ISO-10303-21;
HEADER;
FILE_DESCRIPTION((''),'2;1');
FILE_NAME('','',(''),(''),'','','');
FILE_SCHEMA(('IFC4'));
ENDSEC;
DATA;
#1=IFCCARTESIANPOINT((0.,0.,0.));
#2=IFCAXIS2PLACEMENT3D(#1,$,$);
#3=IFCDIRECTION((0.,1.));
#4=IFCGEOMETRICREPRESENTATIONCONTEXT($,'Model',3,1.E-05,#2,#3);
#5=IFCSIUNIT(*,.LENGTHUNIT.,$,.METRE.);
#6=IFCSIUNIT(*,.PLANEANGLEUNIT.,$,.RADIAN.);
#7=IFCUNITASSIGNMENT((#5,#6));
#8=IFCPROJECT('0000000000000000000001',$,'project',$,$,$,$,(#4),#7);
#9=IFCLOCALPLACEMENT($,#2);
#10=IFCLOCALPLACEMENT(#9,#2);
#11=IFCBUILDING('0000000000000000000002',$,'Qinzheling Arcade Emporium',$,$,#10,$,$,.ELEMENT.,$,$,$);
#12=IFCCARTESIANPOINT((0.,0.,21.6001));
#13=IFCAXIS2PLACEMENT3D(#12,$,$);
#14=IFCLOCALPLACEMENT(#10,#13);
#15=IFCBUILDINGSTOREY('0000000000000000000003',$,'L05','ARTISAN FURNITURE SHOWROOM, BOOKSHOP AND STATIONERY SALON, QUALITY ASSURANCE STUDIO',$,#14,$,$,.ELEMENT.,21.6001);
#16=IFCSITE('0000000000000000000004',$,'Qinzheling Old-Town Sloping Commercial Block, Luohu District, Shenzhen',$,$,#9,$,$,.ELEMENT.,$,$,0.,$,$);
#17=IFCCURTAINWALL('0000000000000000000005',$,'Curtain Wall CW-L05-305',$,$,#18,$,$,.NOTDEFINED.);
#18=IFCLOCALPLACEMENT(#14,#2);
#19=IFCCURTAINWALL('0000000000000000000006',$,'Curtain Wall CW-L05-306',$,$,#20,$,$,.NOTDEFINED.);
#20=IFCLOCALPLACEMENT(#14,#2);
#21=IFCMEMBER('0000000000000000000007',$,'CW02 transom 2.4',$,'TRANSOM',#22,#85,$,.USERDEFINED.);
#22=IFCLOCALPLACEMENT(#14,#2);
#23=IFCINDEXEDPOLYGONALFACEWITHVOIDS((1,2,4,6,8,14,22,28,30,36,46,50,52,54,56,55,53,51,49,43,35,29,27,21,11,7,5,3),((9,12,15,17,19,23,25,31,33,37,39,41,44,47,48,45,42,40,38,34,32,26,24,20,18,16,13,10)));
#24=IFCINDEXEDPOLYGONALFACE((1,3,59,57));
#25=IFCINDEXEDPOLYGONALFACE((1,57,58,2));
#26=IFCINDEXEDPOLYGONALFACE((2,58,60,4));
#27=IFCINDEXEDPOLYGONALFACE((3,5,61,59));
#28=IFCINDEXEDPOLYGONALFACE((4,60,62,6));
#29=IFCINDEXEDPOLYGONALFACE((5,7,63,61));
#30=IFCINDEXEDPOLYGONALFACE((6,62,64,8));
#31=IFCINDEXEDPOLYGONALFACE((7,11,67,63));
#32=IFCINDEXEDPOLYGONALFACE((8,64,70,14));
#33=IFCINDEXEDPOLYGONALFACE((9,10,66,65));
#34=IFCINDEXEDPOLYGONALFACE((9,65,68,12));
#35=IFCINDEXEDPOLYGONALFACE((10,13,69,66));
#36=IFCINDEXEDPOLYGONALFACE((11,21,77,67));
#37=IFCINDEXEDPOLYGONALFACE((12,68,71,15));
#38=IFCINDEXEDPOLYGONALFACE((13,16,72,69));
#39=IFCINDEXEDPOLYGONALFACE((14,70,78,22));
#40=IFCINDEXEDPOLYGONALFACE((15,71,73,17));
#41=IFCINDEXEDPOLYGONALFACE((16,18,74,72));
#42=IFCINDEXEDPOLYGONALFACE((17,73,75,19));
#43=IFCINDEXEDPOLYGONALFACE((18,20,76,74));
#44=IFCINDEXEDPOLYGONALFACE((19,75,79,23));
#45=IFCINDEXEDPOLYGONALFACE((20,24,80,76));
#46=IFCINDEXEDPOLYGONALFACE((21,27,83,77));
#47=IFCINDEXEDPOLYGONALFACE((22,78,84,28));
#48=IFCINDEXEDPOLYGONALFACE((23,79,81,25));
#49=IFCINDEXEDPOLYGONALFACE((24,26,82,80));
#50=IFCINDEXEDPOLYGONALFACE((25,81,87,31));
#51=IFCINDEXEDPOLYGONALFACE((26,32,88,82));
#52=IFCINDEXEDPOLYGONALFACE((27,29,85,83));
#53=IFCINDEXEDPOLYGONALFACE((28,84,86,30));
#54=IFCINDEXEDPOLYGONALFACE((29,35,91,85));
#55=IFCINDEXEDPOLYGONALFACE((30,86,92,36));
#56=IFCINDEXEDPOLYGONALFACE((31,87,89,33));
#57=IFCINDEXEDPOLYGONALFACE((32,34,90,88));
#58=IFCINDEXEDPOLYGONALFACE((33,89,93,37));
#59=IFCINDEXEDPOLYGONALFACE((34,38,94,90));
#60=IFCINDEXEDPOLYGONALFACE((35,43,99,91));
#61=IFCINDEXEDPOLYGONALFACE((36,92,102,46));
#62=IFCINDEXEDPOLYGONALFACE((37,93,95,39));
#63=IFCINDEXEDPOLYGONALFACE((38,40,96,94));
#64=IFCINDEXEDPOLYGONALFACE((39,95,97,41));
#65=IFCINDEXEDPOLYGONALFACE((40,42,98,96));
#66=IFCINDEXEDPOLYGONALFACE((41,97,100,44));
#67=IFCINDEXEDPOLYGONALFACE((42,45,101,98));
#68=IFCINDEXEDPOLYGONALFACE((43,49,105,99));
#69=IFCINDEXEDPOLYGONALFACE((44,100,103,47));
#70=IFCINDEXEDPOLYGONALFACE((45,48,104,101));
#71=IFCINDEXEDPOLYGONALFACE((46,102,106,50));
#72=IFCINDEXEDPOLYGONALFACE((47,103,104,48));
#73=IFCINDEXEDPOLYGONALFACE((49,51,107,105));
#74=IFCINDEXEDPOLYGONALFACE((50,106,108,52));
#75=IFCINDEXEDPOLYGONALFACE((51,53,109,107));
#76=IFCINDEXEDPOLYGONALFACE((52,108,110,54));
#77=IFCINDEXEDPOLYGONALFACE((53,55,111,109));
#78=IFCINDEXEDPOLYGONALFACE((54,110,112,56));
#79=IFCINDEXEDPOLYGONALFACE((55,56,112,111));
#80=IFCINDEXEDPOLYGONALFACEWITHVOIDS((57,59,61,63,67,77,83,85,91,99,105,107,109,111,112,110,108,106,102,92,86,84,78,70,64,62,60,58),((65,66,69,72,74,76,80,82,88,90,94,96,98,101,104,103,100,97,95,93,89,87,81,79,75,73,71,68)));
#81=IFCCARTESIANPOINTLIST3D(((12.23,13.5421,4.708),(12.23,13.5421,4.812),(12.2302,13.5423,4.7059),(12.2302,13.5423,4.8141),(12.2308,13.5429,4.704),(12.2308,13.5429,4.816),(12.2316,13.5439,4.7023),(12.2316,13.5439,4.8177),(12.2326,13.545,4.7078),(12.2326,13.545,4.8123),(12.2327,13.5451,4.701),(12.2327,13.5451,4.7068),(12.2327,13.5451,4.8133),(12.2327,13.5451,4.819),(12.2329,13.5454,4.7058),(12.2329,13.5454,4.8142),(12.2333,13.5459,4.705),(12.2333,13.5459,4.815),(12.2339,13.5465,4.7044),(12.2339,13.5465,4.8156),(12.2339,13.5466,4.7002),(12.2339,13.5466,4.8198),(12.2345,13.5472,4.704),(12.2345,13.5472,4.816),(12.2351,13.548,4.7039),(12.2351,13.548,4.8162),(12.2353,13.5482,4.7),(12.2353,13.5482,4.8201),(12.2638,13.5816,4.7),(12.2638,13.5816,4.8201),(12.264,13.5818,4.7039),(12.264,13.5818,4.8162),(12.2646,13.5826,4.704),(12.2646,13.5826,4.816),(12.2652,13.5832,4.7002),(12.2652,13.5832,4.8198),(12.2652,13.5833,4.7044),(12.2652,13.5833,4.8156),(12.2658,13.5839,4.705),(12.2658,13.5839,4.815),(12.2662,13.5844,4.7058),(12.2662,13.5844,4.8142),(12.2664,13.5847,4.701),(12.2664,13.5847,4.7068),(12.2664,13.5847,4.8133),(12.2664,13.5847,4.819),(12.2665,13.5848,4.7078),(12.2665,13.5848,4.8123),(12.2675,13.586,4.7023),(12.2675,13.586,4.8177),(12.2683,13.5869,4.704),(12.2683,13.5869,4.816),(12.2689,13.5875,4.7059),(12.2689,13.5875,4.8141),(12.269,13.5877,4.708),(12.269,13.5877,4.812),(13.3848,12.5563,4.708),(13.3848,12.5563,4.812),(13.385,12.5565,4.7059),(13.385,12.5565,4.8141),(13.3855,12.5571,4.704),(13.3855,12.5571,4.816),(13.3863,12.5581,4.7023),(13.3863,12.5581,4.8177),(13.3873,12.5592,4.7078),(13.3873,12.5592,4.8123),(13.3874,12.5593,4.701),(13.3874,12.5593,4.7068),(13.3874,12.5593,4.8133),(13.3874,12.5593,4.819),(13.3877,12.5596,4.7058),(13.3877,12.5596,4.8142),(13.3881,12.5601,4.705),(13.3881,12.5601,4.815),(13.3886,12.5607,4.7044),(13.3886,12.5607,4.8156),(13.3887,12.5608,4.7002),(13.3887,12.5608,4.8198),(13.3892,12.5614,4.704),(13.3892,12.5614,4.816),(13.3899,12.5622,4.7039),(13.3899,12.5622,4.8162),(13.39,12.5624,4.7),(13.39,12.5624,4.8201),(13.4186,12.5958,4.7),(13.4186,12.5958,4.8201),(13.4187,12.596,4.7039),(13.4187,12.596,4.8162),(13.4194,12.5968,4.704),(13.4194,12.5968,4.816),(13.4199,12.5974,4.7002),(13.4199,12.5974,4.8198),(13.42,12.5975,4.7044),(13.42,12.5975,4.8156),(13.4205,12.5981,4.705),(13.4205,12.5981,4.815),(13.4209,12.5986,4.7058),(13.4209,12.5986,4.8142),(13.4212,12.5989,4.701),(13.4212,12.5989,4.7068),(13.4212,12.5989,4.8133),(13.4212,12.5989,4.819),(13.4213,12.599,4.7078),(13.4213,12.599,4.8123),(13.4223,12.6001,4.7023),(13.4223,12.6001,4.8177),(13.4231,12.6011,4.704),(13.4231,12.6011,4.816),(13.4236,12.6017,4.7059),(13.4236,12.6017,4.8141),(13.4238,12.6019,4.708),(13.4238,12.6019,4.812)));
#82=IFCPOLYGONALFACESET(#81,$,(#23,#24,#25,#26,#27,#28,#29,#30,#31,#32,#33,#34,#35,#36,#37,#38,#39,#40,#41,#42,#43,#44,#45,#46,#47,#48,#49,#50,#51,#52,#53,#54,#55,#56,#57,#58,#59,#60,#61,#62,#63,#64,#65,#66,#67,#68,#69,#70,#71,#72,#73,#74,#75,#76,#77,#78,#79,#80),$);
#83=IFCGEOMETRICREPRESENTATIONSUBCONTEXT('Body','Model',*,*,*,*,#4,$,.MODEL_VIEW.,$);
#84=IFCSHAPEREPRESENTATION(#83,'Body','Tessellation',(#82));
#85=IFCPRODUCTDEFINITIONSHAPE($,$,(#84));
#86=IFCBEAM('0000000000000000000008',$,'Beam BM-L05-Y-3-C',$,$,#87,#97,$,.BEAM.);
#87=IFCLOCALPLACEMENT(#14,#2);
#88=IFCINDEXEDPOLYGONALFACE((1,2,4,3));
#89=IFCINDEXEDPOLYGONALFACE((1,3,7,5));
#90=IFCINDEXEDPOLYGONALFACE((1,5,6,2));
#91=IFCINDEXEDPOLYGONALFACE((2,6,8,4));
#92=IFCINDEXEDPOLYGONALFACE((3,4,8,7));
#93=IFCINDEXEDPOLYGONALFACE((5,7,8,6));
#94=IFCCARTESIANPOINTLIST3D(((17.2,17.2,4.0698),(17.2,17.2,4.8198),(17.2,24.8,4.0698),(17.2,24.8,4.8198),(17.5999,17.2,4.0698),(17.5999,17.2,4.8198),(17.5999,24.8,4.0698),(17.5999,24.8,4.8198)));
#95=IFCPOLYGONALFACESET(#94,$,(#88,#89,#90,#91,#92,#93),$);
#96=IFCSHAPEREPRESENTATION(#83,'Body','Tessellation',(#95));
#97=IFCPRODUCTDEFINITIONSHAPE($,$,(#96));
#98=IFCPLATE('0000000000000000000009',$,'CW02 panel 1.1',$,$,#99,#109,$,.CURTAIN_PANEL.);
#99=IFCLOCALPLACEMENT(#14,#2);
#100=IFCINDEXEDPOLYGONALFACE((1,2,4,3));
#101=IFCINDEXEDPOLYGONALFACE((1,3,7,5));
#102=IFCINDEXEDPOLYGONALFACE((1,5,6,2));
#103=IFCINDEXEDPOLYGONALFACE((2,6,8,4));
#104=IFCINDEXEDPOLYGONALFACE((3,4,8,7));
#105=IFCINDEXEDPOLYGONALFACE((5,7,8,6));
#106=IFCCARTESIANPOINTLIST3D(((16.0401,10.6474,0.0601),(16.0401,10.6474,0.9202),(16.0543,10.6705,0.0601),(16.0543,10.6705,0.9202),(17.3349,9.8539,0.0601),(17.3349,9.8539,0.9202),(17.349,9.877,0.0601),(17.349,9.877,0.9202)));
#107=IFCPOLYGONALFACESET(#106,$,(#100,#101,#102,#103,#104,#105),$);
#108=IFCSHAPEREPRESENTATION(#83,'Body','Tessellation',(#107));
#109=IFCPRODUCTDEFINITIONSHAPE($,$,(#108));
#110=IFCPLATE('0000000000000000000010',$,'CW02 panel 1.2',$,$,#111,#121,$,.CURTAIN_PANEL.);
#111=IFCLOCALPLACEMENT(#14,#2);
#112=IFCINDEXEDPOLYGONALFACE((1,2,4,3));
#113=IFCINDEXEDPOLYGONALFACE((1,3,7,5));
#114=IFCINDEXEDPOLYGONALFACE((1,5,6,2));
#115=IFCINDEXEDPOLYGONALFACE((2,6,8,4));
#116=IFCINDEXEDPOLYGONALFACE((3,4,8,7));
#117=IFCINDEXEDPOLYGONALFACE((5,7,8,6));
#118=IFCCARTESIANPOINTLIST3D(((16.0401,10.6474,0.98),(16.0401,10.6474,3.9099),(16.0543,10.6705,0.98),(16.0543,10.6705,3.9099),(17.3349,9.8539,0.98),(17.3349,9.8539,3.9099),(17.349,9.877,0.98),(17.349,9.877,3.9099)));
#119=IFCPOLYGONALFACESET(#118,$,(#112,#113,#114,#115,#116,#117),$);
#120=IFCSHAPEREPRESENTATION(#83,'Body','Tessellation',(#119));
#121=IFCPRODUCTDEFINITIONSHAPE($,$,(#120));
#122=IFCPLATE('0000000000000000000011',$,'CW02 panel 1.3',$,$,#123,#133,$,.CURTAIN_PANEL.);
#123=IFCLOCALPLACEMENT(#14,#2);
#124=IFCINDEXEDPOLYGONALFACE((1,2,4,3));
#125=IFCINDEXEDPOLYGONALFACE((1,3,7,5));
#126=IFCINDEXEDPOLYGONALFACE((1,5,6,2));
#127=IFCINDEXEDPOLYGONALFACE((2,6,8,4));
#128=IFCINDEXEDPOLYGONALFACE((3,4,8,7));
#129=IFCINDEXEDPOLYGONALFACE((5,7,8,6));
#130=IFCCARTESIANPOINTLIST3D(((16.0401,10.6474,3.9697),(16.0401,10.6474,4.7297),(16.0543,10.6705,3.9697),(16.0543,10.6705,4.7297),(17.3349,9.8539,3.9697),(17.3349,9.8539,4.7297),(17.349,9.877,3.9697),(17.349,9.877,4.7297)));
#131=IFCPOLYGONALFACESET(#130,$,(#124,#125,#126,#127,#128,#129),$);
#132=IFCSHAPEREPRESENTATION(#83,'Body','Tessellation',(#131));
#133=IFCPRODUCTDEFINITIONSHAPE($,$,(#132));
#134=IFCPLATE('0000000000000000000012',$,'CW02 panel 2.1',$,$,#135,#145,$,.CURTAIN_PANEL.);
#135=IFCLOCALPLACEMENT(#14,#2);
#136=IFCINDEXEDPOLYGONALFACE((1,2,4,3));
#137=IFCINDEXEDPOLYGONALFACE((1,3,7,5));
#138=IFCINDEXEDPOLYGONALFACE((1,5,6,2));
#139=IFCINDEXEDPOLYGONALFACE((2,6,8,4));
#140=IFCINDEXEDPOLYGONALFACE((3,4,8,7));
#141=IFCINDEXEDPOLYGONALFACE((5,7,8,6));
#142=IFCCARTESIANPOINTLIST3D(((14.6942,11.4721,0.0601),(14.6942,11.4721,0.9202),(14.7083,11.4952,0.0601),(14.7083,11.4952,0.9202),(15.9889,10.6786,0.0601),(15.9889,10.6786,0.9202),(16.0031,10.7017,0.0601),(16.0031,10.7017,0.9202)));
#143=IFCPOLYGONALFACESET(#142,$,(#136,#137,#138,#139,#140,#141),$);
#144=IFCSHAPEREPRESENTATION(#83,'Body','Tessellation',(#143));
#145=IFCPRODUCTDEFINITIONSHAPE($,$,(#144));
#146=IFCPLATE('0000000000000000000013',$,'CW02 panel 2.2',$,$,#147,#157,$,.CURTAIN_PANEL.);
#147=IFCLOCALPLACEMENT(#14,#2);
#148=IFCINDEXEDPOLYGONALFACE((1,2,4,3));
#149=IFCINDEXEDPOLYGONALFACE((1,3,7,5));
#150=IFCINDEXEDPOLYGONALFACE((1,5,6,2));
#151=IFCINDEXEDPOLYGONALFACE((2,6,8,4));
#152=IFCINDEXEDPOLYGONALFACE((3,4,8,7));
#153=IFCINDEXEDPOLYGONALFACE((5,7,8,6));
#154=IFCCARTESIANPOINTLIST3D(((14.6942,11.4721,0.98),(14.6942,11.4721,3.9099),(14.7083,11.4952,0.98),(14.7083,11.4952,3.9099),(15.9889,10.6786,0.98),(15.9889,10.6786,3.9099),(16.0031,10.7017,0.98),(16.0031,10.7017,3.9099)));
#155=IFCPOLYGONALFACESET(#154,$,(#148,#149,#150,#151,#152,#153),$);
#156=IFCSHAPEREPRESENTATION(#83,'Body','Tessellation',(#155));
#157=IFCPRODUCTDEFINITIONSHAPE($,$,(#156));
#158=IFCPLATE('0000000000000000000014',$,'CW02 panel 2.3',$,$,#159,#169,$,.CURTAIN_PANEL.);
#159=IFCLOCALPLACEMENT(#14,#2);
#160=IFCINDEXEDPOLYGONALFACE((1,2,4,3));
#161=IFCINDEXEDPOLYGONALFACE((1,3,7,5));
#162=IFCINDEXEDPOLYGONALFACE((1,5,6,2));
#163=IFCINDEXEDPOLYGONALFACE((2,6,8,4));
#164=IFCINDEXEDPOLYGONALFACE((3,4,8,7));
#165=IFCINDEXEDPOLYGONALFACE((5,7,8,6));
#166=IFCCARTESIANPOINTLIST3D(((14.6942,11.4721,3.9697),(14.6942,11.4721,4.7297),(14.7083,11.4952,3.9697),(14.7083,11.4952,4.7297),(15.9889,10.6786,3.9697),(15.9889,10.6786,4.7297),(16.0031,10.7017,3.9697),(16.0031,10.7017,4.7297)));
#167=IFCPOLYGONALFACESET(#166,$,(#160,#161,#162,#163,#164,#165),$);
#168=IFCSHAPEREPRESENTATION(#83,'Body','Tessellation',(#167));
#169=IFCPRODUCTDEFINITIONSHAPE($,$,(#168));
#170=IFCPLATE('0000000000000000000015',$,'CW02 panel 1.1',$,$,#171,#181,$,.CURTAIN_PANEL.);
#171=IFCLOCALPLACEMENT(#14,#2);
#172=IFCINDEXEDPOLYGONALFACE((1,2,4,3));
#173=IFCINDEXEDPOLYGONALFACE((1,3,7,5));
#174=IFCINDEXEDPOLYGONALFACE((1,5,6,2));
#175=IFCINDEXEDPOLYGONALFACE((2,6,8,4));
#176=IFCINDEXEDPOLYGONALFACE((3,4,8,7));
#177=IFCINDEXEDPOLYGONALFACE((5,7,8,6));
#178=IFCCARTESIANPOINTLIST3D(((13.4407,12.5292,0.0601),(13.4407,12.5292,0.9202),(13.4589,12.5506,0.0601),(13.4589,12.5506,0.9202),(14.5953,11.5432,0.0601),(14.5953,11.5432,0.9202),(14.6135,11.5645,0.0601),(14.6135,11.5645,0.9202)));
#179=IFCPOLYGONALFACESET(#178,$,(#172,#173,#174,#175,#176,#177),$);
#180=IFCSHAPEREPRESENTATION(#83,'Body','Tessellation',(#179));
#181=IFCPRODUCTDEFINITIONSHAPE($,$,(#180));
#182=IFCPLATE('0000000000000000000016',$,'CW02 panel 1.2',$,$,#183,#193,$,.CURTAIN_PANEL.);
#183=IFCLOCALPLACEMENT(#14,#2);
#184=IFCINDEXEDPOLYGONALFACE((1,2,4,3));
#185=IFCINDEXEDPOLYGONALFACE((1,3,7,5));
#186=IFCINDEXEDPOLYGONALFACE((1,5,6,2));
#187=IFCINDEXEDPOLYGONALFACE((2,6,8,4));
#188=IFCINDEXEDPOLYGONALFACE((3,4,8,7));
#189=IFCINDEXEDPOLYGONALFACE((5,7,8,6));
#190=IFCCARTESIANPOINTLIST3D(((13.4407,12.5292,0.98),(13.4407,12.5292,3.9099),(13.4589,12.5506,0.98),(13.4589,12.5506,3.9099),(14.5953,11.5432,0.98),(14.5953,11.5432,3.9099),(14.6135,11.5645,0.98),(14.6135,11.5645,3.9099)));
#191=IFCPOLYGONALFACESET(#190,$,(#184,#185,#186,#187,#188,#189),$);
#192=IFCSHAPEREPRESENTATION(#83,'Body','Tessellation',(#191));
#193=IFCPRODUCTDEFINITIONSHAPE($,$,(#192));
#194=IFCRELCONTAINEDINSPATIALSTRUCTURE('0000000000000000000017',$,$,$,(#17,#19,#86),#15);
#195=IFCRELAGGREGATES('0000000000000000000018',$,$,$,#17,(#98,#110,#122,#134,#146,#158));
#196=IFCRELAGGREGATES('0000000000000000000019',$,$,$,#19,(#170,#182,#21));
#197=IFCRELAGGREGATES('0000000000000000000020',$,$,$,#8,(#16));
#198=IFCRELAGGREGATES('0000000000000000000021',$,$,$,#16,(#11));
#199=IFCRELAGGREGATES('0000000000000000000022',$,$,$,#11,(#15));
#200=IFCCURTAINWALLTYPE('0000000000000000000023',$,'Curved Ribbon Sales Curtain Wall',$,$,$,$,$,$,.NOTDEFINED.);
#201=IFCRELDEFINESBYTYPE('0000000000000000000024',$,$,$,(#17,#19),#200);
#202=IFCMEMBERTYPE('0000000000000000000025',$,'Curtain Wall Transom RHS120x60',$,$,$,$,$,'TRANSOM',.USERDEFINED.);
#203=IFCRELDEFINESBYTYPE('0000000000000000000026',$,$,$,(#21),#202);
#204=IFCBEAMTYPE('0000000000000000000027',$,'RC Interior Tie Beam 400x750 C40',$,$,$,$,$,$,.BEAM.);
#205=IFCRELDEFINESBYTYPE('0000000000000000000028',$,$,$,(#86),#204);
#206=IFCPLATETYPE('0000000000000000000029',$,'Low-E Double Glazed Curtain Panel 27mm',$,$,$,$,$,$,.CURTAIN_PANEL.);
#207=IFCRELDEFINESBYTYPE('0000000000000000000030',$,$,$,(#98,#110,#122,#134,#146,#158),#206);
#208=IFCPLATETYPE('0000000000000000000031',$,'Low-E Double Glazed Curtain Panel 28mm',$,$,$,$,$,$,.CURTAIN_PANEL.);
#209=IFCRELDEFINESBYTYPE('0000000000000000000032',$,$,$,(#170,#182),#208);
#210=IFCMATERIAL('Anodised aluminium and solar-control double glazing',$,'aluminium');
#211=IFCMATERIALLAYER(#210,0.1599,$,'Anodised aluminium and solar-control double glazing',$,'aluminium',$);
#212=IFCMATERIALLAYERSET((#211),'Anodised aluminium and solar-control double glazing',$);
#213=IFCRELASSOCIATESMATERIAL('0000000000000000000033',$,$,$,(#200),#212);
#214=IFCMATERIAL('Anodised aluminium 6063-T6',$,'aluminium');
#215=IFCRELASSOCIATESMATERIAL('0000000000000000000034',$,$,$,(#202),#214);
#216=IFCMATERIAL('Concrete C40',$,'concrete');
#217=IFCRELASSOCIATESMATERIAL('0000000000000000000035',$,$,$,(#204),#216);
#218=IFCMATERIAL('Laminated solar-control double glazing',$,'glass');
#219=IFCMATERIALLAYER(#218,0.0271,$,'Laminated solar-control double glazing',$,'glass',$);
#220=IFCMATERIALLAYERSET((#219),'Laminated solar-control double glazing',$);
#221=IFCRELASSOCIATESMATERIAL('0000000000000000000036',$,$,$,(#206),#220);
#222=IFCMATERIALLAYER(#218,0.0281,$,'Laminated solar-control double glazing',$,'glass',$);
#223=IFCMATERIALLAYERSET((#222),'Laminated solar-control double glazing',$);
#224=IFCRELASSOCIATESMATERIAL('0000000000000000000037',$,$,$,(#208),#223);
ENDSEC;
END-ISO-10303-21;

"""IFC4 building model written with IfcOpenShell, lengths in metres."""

from ifc_helpers import new_model, si_unit, direction, frame, origin, origin_2d, place, context, subcontext, project, spatial, rectangle, hollow_rectangle, extrude, material, layer, layer_set, material_profile, profile_set, type_object, element, aggregate, save


model = new_model("IFC4")

# Units and contexts
model_context = context("Model", 3, precision=1e-05, world=origin(), true_north=direction((0.0, 1.0)))
body_context = subcontext(model_context, "Body", "Model", "MODEL_VIEW")
ifc_project = project(units=[si_unit("LENGTHUNIT", "METRE"), si_unit("PLANEANGLEUNIT", "RADIAN")], contexts=[model_context])

# Site, building, storey
site_placement = place(None, origin())
site = spatial("IfcSite", under=ifc_project, at=site_placement, Name="Qinzheling Old-Town Sloping Commercial Block, Luohu District, Shenzhen", CompositionType="ELEMENT", RefElevation=0.0)
building_placement = place(site_placement, origin())
building = spatial("IfcBuilding", under=site, at=building_placement, Name="Qinzheling Arcade Emporium", CompositionType="ELEMENT")
storey_placement = place(building_placement, frame((0.0, 0.0, 21.6001)))
storey = spatial("IfcBuildingStorey", under=building, at=storey_placement, Name="L05", Description="ARTISAN FURNITURE SHOWROOM, BOOKSHOP AND STATIONERY SALON, QUALITY ASSURANCE STUDIO", CompositionType="ELEMENT", Elevation=21.6001)

# Shared definitions
ifc_material_1 = material(Name="Concrete C40", Category="concrete")

# Shared definitions
ifc_material_2 = material(Name="Anodised aluminium and solar-control double glazing", Category="aluminium")
ifc_layer_1 = layer(ifc_material_2, 0.1599, Name="Anodised aluminium and solar-control double glazing", Category="aluminium")
ifc_layer_set_1 = layer_set([ifc_layer_1], Name="Anodised aluminium and solar-control double glazing")
curtain_wall_type = type_object("IfcCurtainWallType", Name="Curved Ribbon Sales Curtain Wall", PredefinedType="NOTDEFINED", material=ifc_layer_set_1)
ifc_material_3 = material(Name="Anodised aluminium 6063-T6", Category="aluminium")

# Curtain walls
curtain_wall_1_placement = place(storey_placement, origin())
curtain_wall_1 = element("IfcCurtainWall", 1, at=curtain_wall_1_placement, inside=storey, type_object=curtain_wall_type, Name="Curtain Wall CW-L05-305", PredefinedType="NOTDEFINED")
curtain_wall_2_placement = place(storey_placement, origin())
curtain_wall_2 = element("IfcCurtainWall", 2, at=curtain_wall_2_placement, inside=storey, type_object=curtain_wall_type, Name="Curtain Wall CW-L05-306", PredefinedType="NOTDEFINED")

# Member
ifc_material_profile_1 = material_profile(ifc_material_3, hollow_rectangle(XDim=0.0601, YDim=0.1201, WallThickness=0.0039, InnerFilletRadius=0.0039, OuterFilletRadius=0.0081, at=origin_2d()), Name="RHS 120x60x4", Category="aluminium")
ifc_profile_set_1 = profile_set([ifc_material_profile_1], Name="Anodised aluminium 6063-T6")
member_type_1 = type_object("IfcMemberType", Name="Curtain Wall Transom RHS120x60", ElementType="TRANSOM", PredefinedType="USERDEFINED", material=ifc_profile_set_1)
member_1_placement = place(storey_placement, frame((13.4043, 12.5791, 4.76), z_axis=(-0.760549, 0.649281, 0.0), x_axis=(-0.649281, -0.760549, 0.0)))
member_1 = element("IfcMember", 3, at=member_1_placement, type_object=member_type_1, Name="CW02 transom 2.4", ObjectType="TRANSOM", PredefinedType="USERDEFINED", context=body_context, shape_type="SweptSolid", body=[
    extrude(hollow_rectangle(XDim=0.0601, YDim=0.1201, WallThickness=0.0039, InnerFilletRadius=0.0039, OuterFilletRadius=0.0081, at=origin_2d()), origin(), (0.0, 0.0, 1.0), 1.5183),
])

# Beam
ifc_material_profile_2 = material_profile(ifc_material_1, rectangle(XDim=0.3999, YDim=0.75, at=origin_2d()), Name="RC 400x750", Category="concrete")
ifc_profile_set_2 = profile_set([ifc_material_profile_2], Name="Concrete C40")
beam_type = type_object("IfcBeamType", Name="RC Interior Tie Beam 400x750 C40", PredefinedType="BEAM", material=ifc_profile_set_2)
beam_placement = place(storey_placement, frame((17.3999, 17.2, 4.4448), z_axis=(0.0, 1.0, 0.0), x_axis=(-1.0, 0.0, 0.0)))
element("IfcBeam", 4, at=beam_placement, inside=storey, type_object=beam_type, Name="Beam BM-L05-Y-3-C", PredefinedType="BEAM", context=body_context, shape_type="SweptSolid", body=[
    extrude(rectangle(XDim=0.3999, YDim=0.75, at=origin_2d()), origin(), (0.0, 0.0, 1.0), 7.6001),
])

# Plates
ifc_material_4 = material(Name="Laminated solar-control double glazing", Category="glass")
ifc_layer_2 = layer(ifc_material_4, 0.0271, Name="Laminated solar-control double glazing", Category="glass")
ifc_layer_set_2 = layer_set([ifc_layer_2], Name="Laminated solar-control double glazing")
plate_type_1 = type_object("IfcPlateType", Name="Low-E Double Glazed Curtain Panel 27mm", PredefinedType="CURTAIN_PANEL", material=ifc_layer_set_2)
plate_1_placement = place(storey_placement, frame((16.6946, 10.2622, 0.0601), z_axis=(0.0, 0.0, 1.0), x_axis=(-0.852628, 0.522518, 0.0)))
plate_1 = element("IfcPlate", 5, at=plate_1_placement, type_object=plate_type_1, Name="CW02 panel 1.1", PredefinedType="CURTAIN_PANEL", context=body_context, shape_type="SweptSolid", body=[
    extrude(rectangle(XDim=1.5186, YDim=0.0271, at=origin_2d()), origin(), (0.0, 0.0, 1.0), 0.8601),
])
plate_2_placement = place(storey_placement, frame((16.6946, 10.2622, 0.98), z_axis=(0.0, 0.0, 1.0), x_axis=(-0.852628, 0.522518, 0.0)))
plate_2 = element("IfcPlate", 6, at=plate_2_placement, type_object=plate_type_1, Name="CW02 panel 1.2", PredefinedType="CURTAIN_PANEL", context=body_context, shape_type="SweptSolid", body=[
    extrude(rectangle(XDim=1.5186, YDim=0.0271, at=origin_2d()), origin(), (0.0, 0.0, 1.0), 2.9299),
])
plate_3_placement = place(storey_placement, frame((16.6946, 10.2622, 3.9697), z_axis=(0.0, 0.0, 1.0), x_axis=(-0.852628, 0.522518, 0.0)))
plate_3 = element("IfcPlate", 7, at=plate_3_placement, type_object=plate_type_1, Name="CW02 panel 1.3", PredefinedType="CURTAIN_PANEL", context=body_context, shape_type="SweptSolid", body=[
    extrude(rectangle(XDim=1.5186, YDim=0.0271, at=origin_2d()), origin(), (0.0, 0.0, 1.0), 0.76),
])
plate_4_placement = place(storey_placement, frame((15.3486, 11.0869, 0.0601), z_axis=(0.0, 0.0, 1.0), x_axis=(-0.852628, 0.522518, 0.0)))
plate_4 = element("IfcPlate", 8, at=plate_4_placement, type_object=plate_type_1, Name="CW02 panel 2.1", PredefinedType="CURTAIN_PANEL", context=body_context, shape_type="SweptSolid", body=[
    extrude(rectangle(XDim=1.5186, YDim=0.0271, at=origin_2d()), origin(), (0.0, 0.0, 1.0), 0.8601),
])
plate_5_placement = place(storey_placement, frame((15.3486, 11.0869, 0.98), z_axis=(0.0, 0.0, 1.0), x_axis=(-0.852628, 0.522518, 0.0)))
plate_5 = element("IfcPlate", 9, at=plate_5_placement, type_object=plate_type_1, Name="CW02 panel 2.2", PredefinedType="CURTAIN_PANEL", context=body_context, shape_type="SweptSolid", body=[
    extrude(rectangle(XDim=1.5186, YDim=0.0271, at=origin_2d()), origin(), (0.0, 0.0, 1.0), 2.9299),
])
plate_6_placement = place(storey_placement, frame((15.3486, 11.0869, 3.9697), z_axis=(0.0, 0.0, 1.0), x_axis=(-0.852628, 0.522518, 0.0)))
plate_6 = element("IfcPlate", 10, at=plate_6_placement, type_object=plate_type_1, Name="CW02 panel 2.3", PredefinedType="CURTAIN_PANEL", context=body_context, shape_type="SweptSolid", body=[
    extrude(rectangle(XDim=1.5186, YDim=0.0271, at=origin_2d()), origin(), (0.0, 0.0, 1.0), 0.76),
])
aggregate(curtain_wall_1, [plate_1, plate_2, plate_3, plate_4, plate_5, plate_6])
ifc_layer_3 = layer(ifc_material_4, 0.0281, Name="Laminated solar-control double glazing", Category="glass")
ifc_layer_set_3 = layer_set([ifc_layer_3], Name="Laminated solar-control double glazing")
plate_type_2 = type_object("IfcPlateType", Name="Low-E Double Glazed Curtain Panel 28mm", PredefinedType="CURTAIN_PANEL", material=ifc_layer_set_3)
plate_7_placement = place(storey_placement, frame((14.0271, 12.0469, 0.0601), z_axis=(0.0, 0.0, 1.0), x_axis=(-0.760418, 0.649433, 0.0)))
plate_7 = element("IfcPlate", 11, at=plate_7_placement, type_object=plate_type_2, Name="CW02 panel 1.1", PredefinedType="CURTAIN_PANEL", context=body_context, shape_type="SweptSolid", body=[
    extrude(rectangle(XDim=1.5183, YDim=0.0281, at=origin_2d()), origin(), (0.0, 0.0, 1.0), 0.8601),
])
plate_8_placement = place(storey_placement, frame((14.0271, 12.0469, 0.98), z_axis=(0.0, 0.0, 1.0), x_axis=(-0.760418, 0.649433, 0.0)))
plate_8 = element("IfcPlate", 12, at=plate_8_placement, type_object=plate_type_2, Name="CW02 panel 1.2", PredefinedType="CURTAIN_PANEL", context=body_context, shape_type="SweptSolid", body=[
    extrude(rectangle(XDim=1.5183, YDim=0.0281, at=origin_2d()), origin(), (0.0, 0.0, 1.0), 2.9299),
])
aggregate(curtain_wall_2, [plate_7, plate_8, member_1])

save(model, "model.ifc")
